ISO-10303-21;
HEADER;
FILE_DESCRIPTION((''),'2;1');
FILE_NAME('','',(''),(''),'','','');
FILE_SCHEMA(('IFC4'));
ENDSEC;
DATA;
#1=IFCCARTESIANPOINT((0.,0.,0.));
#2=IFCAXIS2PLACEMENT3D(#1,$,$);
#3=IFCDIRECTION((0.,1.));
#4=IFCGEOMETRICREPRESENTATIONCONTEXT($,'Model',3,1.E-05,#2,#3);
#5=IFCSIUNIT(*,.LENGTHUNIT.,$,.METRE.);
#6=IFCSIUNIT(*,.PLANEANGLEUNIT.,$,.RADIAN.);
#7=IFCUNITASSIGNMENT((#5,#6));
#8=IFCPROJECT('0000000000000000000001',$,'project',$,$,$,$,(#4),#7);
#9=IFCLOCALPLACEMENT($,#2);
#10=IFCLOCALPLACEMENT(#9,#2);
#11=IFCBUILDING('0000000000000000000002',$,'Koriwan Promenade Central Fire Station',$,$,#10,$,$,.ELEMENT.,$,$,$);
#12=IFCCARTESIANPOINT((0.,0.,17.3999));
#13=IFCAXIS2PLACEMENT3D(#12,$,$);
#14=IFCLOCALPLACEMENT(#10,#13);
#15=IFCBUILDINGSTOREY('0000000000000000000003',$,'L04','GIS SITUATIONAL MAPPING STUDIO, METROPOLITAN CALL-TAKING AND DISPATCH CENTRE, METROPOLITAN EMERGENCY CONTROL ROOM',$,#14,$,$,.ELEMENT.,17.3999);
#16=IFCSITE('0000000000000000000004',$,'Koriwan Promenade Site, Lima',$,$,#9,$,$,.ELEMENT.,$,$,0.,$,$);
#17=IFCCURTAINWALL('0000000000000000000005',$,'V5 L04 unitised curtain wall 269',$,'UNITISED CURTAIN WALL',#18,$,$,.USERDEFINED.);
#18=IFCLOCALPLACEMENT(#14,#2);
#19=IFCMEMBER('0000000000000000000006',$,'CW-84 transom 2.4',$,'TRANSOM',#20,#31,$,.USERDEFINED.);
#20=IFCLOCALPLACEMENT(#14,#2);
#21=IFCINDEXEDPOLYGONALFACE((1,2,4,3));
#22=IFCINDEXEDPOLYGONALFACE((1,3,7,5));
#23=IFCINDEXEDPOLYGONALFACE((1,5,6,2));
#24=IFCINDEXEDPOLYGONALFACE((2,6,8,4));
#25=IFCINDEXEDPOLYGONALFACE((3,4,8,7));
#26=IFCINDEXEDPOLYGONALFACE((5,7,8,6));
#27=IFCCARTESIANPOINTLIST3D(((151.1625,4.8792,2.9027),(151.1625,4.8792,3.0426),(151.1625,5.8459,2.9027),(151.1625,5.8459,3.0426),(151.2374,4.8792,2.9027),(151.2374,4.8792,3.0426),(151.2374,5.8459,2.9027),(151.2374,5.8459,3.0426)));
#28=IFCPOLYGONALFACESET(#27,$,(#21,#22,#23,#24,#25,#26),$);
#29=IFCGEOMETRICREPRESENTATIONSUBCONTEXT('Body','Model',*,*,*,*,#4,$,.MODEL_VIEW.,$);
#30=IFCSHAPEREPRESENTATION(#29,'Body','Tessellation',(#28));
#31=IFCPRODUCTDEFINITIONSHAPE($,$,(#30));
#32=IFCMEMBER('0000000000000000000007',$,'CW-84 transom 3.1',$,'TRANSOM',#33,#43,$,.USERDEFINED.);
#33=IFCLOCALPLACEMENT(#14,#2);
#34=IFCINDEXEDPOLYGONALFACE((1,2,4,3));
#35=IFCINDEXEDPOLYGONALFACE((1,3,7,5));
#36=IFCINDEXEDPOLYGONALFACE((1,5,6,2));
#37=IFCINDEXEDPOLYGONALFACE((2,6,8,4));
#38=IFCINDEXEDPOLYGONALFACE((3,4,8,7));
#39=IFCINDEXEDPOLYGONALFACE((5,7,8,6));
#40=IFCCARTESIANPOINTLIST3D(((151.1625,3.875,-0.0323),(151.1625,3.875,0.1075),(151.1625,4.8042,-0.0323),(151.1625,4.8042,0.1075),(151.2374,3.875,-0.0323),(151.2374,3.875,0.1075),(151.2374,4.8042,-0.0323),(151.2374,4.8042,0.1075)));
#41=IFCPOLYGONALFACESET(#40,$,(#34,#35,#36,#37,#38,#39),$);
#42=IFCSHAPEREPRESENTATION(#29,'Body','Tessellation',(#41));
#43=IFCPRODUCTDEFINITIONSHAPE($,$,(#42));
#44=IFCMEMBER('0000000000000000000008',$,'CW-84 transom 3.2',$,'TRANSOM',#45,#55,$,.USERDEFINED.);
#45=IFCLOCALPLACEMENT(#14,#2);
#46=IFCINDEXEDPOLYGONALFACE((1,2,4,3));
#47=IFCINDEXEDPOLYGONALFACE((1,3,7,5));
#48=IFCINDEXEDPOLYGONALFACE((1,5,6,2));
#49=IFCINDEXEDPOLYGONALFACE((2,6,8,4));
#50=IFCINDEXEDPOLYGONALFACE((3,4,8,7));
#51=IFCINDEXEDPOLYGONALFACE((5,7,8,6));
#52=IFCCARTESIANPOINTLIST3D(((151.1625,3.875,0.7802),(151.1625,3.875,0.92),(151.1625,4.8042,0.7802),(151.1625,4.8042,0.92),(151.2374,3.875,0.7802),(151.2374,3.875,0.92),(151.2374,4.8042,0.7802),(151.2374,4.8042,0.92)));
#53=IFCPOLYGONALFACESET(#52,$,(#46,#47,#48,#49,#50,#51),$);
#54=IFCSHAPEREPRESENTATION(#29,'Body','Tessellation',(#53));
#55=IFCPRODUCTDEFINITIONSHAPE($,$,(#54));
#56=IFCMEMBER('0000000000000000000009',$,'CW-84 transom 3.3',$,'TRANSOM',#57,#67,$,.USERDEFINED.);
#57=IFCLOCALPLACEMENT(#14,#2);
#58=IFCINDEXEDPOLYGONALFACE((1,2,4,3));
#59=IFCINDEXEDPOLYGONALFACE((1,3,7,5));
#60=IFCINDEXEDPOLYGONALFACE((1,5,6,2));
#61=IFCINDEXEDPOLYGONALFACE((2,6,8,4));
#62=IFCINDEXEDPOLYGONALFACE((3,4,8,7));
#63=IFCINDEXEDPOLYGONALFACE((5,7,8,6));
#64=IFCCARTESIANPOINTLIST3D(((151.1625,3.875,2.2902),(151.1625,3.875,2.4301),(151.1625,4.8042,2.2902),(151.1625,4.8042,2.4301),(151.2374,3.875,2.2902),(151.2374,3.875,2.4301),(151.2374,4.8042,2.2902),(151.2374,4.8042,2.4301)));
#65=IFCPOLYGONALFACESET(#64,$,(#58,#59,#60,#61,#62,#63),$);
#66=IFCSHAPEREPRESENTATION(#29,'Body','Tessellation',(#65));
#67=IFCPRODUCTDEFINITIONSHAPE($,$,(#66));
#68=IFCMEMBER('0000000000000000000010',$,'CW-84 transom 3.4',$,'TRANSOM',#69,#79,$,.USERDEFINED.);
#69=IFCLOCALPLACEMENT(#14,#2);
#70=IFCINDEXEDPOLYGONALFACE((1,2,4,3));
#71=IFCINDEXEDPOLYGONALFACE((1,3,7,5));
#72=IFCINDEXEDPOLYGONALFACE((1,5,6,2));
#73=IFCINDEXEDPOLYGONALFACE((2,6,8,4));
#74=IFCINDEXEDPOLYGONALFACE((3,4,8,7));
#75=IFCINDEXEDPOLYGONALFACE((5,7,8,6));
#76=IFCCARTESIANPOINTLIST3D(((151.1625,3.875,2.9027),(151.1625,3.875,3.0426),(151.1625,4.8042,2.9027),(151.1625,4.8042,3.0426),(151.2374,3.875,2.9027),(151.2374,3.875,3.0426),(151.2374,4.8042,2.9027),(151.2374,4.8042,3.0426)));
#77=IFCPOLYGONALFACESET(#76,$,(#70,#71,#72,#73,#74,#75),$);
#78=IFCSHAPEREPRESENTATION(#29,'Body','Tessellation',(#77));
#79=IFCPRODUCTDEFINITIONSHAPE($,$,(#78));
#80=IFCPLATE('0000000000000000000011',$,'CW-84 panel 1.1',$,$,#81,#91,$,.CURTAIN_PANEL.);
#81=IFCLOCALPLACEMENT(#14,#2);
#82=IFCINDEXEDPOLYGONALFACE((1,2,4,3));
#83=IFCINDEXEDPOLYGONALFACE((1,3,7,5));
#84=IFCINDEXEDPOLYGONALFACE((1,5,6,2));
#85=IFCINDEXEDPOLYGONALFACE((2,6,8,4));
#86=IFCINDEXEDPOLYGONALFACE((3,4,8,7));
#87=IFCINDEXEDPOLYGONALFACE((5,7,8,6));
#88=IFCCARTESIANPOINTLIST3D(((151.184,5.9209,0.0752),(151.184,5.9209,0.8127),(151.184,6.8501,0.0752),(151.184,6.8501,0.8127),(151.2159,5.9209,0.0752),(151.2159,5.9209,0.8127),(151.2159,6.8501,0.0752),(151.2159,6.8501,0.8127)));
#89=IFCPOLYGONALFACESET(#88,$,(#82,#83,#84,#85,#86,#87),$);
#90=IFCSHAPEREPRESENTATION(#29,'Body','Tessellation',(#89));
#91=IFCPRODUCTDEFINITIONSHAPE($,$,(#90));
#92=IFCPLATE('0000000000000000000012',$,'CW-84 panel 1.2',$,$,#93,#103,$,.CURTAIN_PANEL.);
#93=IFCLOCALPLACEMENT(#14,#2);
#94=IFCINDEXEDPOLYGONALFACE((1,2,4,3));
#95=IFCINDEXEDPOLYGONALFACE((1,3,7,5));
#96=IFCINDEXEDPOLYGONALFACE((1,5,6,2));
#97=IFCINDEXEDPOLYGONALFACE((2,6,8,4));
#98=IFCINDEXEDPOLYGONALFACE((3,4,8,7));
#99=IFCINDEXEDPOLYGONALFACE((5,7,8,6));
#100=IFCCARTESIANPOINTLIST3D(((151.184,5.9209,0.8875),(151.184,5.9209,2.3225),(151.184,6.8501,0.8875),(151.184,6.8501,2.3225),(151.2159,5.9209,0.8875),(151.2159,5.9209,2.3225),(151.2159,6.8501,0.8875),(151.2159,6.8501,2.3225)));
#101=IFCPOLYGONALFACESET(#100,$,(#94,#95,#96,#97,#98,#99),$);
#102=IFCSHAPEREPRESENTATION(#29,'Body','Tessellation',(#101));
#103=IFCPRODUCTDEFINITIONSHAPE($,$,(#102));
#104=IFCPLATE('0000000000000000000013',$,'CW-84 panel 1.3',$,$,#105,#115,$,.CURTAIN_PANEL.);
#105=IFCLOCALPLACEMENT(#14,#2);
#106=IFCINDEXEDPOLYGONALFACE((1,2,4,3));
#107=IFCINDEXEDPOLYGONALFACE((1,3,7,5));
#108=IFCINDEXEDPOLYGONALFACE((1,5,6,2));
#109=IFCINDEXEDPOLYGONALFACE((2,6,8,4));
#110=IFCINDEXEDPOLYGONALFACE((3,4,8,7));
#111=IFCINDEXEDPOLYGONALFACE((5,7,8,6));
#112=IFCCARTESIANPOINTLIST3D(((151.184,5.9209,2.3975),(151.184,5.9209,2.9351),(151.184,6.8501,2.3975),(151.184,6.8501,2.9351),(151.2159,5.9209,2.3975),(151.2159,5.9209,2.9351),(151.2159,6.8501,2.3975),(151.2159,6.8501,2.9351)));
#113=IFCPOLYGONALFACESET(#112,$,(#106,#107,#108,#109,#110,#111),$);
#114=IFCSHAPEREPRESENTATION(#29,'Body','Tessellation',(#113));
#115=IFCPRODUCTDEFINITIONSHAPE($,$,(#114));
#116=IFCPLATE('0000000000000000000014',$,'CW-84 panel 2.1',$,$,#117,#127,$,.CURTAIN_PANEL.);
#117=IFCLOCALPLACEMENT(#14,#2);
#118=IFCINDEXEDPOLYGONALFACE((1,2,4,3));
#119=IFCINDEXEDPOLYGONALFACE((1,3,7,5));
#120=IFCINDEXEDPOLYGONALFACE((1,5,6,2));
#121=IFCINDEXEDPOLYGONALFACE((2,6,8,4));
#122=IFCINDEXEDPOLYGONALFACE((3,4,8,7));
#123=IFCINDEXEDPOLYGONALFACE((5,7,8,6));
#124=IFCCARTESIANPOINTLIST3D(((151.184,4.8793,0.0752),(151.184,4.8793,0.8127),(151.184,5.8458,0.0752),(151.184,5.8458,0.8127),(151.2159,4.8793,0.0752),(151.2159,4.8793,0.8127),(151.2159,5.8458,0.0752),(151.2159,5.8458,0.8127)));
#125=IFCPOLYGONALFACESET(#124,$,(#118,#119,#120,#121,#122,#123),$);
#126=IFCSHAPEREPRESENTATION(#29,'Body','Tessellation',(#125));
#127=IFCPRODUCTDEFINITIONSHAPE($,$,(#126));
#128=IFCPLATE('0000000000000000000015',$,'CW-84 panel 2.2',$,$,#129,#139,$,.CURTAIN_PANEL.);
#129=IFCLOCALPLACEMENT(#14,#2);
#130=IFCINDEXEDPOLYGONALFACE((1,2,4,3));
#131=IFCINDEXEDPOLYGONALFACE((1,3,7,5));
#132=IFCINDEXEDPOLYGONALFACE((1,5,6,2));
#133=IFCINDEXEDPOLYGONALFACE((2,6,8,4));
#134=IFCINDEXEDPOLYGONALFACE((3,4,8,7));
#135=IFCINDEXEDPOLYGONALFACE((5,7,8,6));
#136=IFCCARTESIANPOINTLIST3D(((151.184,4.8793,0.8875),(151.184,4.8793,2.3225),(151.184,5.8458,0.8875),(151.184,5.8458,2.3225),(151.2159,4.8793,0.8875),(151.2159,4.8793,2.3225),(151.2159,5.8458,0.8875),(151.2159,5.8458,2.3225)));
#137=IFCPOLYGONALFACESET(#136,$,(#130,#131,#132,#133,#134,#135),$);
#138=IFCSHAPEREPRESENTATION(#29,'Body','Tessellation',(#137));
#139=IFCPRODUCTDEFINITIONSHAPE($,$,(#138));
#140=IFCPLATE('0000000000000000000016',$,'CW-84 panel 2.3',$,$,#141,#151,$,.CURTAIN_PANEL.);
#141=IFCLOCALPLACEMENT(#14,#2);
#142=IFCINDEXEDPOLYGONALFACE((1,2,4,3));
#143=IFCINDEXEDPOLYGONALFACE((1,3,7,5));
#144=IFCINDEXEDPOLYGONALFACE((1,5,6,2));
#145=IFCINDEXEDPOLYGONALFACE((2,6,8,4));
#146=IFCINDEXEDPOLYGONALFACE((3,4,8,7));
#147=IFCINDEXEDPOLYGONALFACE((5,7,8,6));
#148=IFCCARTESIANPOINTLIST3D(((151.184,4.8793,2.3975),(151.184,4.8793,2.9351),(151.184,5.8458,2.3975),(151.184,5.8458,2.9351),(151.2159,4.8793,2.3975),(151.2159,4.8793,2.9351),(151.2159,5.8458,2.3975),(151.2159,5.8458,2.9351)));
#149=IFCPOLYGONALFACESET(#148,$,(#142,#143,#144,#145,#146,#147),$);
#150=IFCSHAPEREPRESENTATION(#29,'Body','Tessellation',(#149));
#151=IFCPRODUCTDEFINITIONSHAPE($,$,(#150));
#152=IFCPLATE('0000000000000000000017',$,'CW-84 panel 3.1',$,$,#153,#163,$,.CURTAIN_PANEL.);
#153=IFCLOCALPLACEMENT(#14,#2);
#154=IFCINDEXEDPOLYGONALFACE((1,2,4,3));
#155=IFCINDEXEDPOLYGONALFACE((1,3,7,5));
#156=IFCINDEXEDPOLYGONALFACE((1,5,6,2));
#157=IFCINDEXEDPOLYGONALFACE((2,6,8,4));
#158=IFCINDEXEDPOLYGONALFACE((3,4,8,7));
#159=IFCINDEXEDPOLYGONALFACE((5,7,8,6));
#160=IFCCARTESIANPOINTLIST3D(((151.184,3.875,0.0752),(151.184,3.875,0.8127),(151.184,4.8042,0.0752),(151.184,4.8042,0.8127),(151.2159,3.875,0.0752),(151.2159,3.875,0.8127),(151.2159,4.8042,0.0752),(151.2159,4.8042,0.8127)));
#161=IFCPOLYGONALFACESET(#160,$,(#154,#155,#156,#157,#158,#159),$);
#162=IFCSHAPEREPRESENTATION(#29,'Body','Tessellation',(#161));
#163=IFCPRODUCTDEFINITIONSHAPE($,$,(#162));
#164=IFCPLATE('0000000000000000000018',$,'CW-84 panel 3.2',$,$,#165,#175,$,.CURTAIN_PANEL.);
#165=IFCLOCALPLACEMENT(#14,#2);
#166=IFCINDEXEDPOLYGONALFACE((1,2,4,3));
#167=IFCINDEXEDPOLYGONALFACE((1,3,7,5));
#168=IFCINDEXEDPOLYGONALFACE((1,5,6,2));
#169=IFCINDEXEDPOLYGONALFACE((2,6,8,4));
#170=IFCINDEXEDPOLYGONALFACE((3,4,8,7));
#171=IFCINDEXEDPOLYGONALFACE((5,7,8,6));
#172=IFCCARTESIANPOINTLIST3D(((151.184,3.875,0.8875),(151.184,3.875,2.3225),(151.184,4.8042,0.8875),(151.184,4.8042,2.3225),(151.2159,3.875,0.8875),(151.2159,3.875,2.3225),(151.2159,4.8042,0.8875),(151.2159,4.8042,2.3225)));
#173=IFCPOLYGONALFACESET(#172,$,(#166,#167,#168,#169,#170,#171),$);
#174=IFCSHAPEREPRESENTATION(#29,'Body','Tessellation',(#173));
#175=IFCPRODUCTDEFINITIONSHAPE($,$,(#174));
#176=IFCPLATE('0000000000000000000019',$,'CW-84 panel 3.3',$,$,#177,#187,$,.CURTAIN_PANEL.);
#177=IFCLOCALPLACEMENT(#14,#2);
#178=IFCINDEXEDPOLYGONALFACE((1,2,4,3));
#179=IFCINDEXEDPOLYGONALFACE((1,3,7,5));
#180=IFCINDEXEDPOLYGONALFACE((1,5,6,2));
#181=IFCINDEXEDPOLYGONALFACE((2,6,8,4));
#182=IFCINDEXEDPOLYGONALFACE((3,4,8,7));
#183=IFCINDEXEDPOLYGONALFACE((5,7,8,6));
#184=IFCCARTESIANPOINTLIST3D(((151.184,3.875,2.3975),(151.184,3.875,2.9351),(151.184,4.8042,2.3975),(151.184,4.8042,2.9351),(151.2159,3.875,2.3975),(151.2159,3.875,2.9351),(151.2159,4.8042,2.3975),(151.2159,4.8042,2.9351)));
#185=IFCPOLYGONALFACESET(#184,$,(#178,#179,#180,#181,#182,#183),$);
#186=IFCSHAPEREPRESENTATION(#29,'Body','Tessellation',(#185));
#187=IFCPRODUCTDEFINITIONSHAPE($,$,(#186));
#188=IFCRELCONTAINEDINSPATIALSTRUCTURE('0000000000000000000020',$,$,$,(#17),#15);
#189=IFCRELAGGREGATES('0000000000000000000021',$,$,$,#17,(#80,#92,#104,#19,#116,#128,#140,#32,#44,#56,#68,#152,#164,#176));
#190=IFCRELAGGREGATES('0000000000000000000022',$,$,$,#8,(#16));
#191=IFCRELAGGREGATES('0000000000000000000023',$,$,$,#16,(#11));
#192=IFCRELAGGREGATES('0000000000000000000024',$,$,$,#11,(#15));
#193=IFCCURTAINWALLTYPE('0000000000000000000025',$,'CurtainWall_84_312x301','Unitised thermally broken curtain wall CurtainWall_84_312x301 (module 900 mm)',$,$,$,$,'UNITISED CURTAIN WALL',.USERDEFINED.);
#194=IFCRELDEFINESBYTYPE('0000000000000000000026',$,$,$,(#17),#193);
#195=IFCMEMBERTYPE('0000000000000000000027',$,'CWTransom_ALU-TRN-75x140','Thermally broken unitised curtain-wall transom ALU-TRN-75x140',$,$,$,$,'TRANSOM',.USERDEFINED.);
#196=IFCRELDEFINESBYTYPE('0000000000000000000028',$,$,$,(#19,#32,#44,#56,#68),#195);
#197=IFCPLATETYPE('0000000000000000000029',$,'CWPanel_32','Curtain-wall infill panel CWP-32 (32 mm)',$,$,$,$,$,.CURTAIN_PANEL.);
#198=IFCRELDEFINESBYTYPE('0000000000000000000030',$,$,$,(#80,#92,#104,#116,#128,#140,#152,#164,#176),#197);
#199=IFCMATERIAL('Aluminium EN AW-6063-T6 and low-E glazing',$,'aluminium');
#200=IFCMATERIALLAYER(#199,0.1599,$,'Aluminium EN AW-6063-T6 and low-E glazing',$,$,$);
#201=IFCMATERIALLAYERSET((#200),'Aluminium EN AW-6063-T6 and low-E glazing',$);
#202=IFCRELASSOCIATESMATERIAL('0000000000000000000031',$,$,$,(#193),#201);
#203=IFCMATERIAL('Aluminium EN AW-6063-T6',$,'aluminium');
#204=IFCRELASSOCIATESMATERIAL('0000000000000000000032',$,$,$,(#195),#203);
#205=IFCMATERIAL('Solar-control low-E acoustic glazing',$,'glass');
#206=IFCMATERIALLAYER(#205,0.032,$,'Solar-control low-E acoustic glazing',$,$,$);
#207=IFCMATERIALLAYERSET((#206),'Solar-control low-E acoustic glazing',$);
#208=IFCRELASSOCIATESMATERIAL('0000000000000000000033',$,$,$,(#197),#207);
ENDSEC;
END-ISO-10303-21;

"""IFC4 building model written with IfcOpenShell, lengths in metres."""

from ifc_helpers import new_model, si_unit, direction, frame, origin, origin_2d, place, context, subcontext, project, spatial, rectangle, extrude, material, layer, layer_set, material_profile, profile_set, type_object, element, aggregate, save


model = new_model("IFC4")

# Units and contexts
model_context = context("Model", 3, precision=1e-05, world=origin(), true_north=direction((0.0, 1.0)))
body_context = subcontext(model_context, "Body", "Model", "MODEL_VIEW")
ifc_project = project(units=[si_unit("LENGTHUNIT", "METRE"), si_unit("PLANEANGLEUNIT", "RADIAN")], contexts=[model_context])

# Site, building, storey
site_placement = place(None, origin())
site = spatial("IfcSite", under=ifc_project, at=site_placement, Name="Koriwan Promenade Site, Lima", CompositionType="ELEMENT", RefElevation=0.0)
building_placement = place(site_placement, origin())
building = spatial("IfcBuilding", under=site, at=building_placement, Name="Koriwan Promenade Central Fire Station", CompositionType="ELEMENT")
storey_placement = place(building_placement, frame((0.0, 0.0, 17.3999)))
storey = spatial("IfcBuildingStorey", under=building, at=storey_placement, Name="L04", Description="GIS SITUATIONAL MAPPING STUDIO, METROPOLITAN CALL-TAKING AND DISPATCH CENTRE, METROPOLITAN EMERGENCY CONTROL ROOM", CompositionType="ELEMENT", Elevation=17.3999)

# Curtain wall, members, plates
ifc_material_1 = material(Name="Aluminium EN AW-6063-T6 and low-E glazing", Category="aluminium")
ifc_layer_1 = layer(ifc_material_1, 0.1599, Name="Aluminium EN AW-6063-T6 and low-E glazing")
ifc_layer_set_1 = layer_set([ifc_layer_1], Name="Aluminium EN AW-6063-T6 and low-E glazing")
curtain_wall_type = type_object("IfcCurtainWallType", Name="CurtainWall_84_312x301", Description="Unitised thermally broken curtain wall CurtainWall_84_312x301 (module 900 mm)", ElementType="UNITISED CURTAIN WALL", PredefinedType="USERDEFINED", material=ifc_layer_set_1)
curtain_wall_placement = place(storey_placement, origin())
curtain_wall = element("IfcCurtainWall", 1, at=curtain_wall_placement, inside=storey, type_object=curtain_wall_type, Name="V5 L04 unitised curtain wall 269", ObjectType="UNITISED CURTAIN WALL", PredefinedType="USERDEFINED")
ifc_material_2 = material(Name="Aluminium EN AW-6063-T6", Category="aluminium")
ifc_material_profile_1 = material_profile(ifc_material_2, rectangle(XDim=0.075, YDim=0.1399, at=origin_2d()), Name="ALU-TRN-75x140")
ifc_profile_set_1 = profile_set([ifc_material_profile_1], Name="Aluminium EN AW-6063-T6")
member_type_1 = type_object("IfcMemberType", Name="CWTransom_ALU-TRN-75x140", Description="Thermally broken unitised curtain-wall transom ALU-TRN-75x140", ElementType="TRANSOM", PredefinedType="USERDEFINED", material=ifc_profile_set_1)
member_1_placement = place(storey_placement, frame((151.2, 5.8459, 2.9727), z_axis=(0.0, -1.0, 0.0), x_axis=(1.0, 0.0, 0.0)))
member_1 = element("IfcMember", 2, at=member_1_placement, type_object=member_type_1, Name="CW-84 transom 2.4", ObjectType="TRANSOM", PredefinedType="USERDEFINED", context=body_context, shape_type="SweptSolid", body=[
    extrude(rectangle(XDim=0.075, YDim=0.1399, at=origin_2d()), origin(), (0.0, 0.0, 1.0), 0.9668),
])
member_2_placement = place(storey_placement, frame((151.2, 4.8042, 0.0376), z_axis=(0.0, -1.0, 0.0), x_axis=(1.0, 0.0, 0.0)))
member_2 = element("IfcMember", 3, at=member_2_placement, type_object=member_type_1, Name="CW-84 transom 3.1", ObjectType="TRANSOM", PredefinedType="USERDEFINED", context=body_context, shape_type="SweptSolid", body=[
    extrude(rectangle(XDim=0.075, YDim=0.1399, at=origin_2d()), origin(), (0.0, 0.0, 1.0), 0.9292),
])
member_3_placement = place(storey_placement, frame((151.2, 4.8042, 0.8501), z_axis=(0.0, -1.0, 0.0), x_axis=(1.0, 0.0, 0.0)))
member_3 = element("IfcMember", 4, at=member_3_placement, type_object=member_type_1, Name="CW-84 transom 3.2", ObjectType="TRANSOM", PredefinedType="USERDEFINED", context=body_context, shape_type="SweptSolid", body=[
    extrude(rectangle(XDim=0.075, YDim=0.1399, at=origin_2d()), origin(), (0.0, 0.0, 1.0), 0.9292),
])
member_4_placement = place(storey_placement, frame((151.2, 4.8042, 2.3601), z_axis=(0.0, -1.0, 0.0), x_axis=(1.0, 0.0, 0.0)))
member_4 = element("IfcMember", 5, at=member_4_placement, type_object=member_type_1, Name="CW-84 transom 3.3", ObjectType="TRANSOM", PredefinedType="USERDEFINED", context=body_context, shape_type="SweptSolid", body=[
    extrude(rectangle(XDim=0.075, YDim=0.1399, at=origin_2d()), origin(), (0.0, 0.0, 1.0), 0.9292),
])
member_5_placement = place(storey_placement, frame((151.2, 4.8042, 2.9727), z_axis=(0.0, -1.0, 0.0), x_axis=(1.0, 0.0, 0.0)))
member_5 = element("IfcMember", 6, at=member_5_placement, type_object=member_type_1, Name="CW-84 transom 3.4", ObjectType="TRANSOM", PredefinedType="USERDEFINED", context=body_context, shape_type="SweptSolid", body=[
    extrude(rectangle(XDim=0.075, YDim=0.1399, at=origin_2d()), origin(), (0.0, 0.0, 1.0), 0.9292),
])
ifc_material_3 = material(Name="Solar-control low-E acoustic glazing", Category="glass")
ifc_layer_2 = layer(ifc_material_3, 0.032, Name="Solar-control low-E acoustic glazing")
ifc_layer_set_2 = layer_set([ifc_layer_2], Name="Solar-control low-E acoustic glazing")
plate_type = type_object("IfcPlateType", Name="CWPanel_32", Description="Curtain-wall infill panel CWP-32 (32 mm)", PredefinedType="CURTAIN_PANEL", material=ifc_layer_set_2)
plate_1_placement = place(storey_placement, frame((151.2, 6.3855, 0.0752), z_axis=(0.0, 0.0, 1.0), x_axis=(0.0, -1.0, 0.0)))
plate_1 = element("IfcPlate", 7, at=plate_1_placement, type_object=plate_type, Name="CW-84 panel 1.1", PredefinedType="CURTAIN_PANEL", context=body_context, shape_type="SweptSolid", body=[
    extrude(rectangle(XDim=0.9292, YDim=0.032, at=origin_2d()), origin(), (0.0, 0.0, 1.0), 0.7375),
])
plate_2_placement = place(storey_placement, frame((151.2, 6.3855, 0.8875), z_axis=(0.0, 0.0, 1.0), x_axis=(0.0, -1.0, 0.0)))
plate_2 = element("IfcPlate", 8, at=plate_2_placement, type_object=plate_type, Name="CW-84 panel 1.2", PredefinedType="CURTAIN_PANEL", context=body_context, shape_type="SweptSolid", body=[
    extrude(rectangle(XDim=0.9292, YDim=0.032, at=origin_2d()), origin(), (0.0, 0.0, 1.0), 1.4351),
])
plate_3_placement = place(storey_placement, frame((151.2, 6.3855, 2.3975), z_axis=(0.0, 0.0, 1.0), x_axis=(0.0, -1.0, 0.0)))
plate_3 = element("IfcPlate", 9, at=plate_3_placement, type_object=plate_type, Name="CW-84 panel 1.3", PredefinedType="CURTAIN_PANEL", context=body_context, shape_type="SweptSolid", body=[
    extrude(rectangle(XDim=0.9292, YDim=0.032, at=origin_2d()), origin(), (0.0, 0.0, 1.0), 0.5376),
])
plate_4_placement = place(storey_placement, frame((151.2, 5.3625, 0.0752), z_axis=(0.0, 0.0, 1.0), x_axis=(0.0, -1.0, 0.0)))
plate_4 = element("IfcPlate", 10, at=plate_4_placement, type_object=plate_type, Name="CW-84 panel 2.1", PredefinedType="CURTAIN_PANEL", context=body_context, shape_type="SweptSolid", body=[
    extrude(rectangle(XDim=0.9666, YDim=0.032, at=origin_2d()), origin(), (0.0, 0.0, 1.0), 0.7375),
])
plate_5_placement = place(storey_placement, frame((151.2, 5.3625, 0.8875), z_axis=(0.0, 0.0, 1.0), x_axis=(0.0, -1.0, 0.0)))
plate_5 = element("IfcPlate", 11, at=plate_5_placement, type_object=plate_type, Name="CW-84 panel 2.2", PredefinedType="CURTAIN_PANEL", context=body_context, shape_type="SweptSolid", body=[
    extrude(rectangle(XDim=0.9666, YDim=0.032, at=origin_2d()), origin(), (0.0, 0.0, 1.0), 1.4351),
])
plate_6_placement = place(storey_placement, frame((151.2, 5.3625, 2.3975), z_axis=(0.0, 0.0, 1.0), x_axis=(0.0, -1.0, 0.0)))
plate_6 = element("IfcPlate", 12, at=plate_6_placement, type_object=plate_type, Name="CW-84 panel 2.3", PredefinedType="CURTAIN_PANEL", context=body_context, shape_type="SweptSolid", body=[
    extrude(rectangle(XDim=0.9666, YDim=0.032, at=origin_2d()), origin(), (0.0, 0.0, 1.0), 0.5376),
])
plate_7_placement = place(storey_placement, frame((151.2, 4.3396, 0.0752), z_axis=(0.0, 0.0, 1.0), x_axis=(0.0, -1.0, 0.0)))
plate_7 = element("IfcPlate", 13, at=plate_7_placement, type_object=plate_type, Name="CW-84 panel 3.1", PredefinedType="CURTAIN_PANEL", context=body_context, shape_type="SweptSolid", body=[
    extrude(rectangle(XDim=0.9292, YDim=0.032, at=origin_2d()), origin(), (0.0, 0.0, 1.0), 0.7375),
])
plate_8_placement = place(storey_placement, frame((151.2, 4.3396, 0.8875), z_axis=(0.0, 0.0, 1.0), x_axis=(0.0, -1.0, 0.0)))
plate_8 = element("IfcPlate", 14, at=plate_8_placement, type_object=plate_type, Name="CW-84 panel 3.2", PredefinedType="CURTAIN_PANEL", context=body_context, shape_type="SweptSolid", body=[
    extrude(rectangle(XDim=0.9292, YDim=0.032, at=origin_2d()), origin(), (0.0, 0.0, 1.0), 1.4351),
])
plate_9_placement = place(storey_placement, frame((151.2, 4.3396, 2.3975), z_axis=(0.0, 0.0, 1.0), x_axis=(0.0, -1.0, 0.0)))
plate_9 = element("IfcPlate", 15, at=plate_9_placement, type_object=plate_type, Name="CW-84 panel 3.3", PredefinedType="CURTAIN_PANEL", context=body_context, shape_type="SweptSolid", body=[
    extrude(rectangle(XDim=0.9292, YDim=0.032, at=origin_2d()), origin(), (0.0, 0.0, 1.0), 0.5376),
])
aggregate(curtain_wall, [plate_1, plate_2, plate_3, member_1, plate_4, plate_5, plate_6, member_2, member_3, member_4, member_5, plate_7, plate_8, plate_9])

save(model, "model.ifc")
